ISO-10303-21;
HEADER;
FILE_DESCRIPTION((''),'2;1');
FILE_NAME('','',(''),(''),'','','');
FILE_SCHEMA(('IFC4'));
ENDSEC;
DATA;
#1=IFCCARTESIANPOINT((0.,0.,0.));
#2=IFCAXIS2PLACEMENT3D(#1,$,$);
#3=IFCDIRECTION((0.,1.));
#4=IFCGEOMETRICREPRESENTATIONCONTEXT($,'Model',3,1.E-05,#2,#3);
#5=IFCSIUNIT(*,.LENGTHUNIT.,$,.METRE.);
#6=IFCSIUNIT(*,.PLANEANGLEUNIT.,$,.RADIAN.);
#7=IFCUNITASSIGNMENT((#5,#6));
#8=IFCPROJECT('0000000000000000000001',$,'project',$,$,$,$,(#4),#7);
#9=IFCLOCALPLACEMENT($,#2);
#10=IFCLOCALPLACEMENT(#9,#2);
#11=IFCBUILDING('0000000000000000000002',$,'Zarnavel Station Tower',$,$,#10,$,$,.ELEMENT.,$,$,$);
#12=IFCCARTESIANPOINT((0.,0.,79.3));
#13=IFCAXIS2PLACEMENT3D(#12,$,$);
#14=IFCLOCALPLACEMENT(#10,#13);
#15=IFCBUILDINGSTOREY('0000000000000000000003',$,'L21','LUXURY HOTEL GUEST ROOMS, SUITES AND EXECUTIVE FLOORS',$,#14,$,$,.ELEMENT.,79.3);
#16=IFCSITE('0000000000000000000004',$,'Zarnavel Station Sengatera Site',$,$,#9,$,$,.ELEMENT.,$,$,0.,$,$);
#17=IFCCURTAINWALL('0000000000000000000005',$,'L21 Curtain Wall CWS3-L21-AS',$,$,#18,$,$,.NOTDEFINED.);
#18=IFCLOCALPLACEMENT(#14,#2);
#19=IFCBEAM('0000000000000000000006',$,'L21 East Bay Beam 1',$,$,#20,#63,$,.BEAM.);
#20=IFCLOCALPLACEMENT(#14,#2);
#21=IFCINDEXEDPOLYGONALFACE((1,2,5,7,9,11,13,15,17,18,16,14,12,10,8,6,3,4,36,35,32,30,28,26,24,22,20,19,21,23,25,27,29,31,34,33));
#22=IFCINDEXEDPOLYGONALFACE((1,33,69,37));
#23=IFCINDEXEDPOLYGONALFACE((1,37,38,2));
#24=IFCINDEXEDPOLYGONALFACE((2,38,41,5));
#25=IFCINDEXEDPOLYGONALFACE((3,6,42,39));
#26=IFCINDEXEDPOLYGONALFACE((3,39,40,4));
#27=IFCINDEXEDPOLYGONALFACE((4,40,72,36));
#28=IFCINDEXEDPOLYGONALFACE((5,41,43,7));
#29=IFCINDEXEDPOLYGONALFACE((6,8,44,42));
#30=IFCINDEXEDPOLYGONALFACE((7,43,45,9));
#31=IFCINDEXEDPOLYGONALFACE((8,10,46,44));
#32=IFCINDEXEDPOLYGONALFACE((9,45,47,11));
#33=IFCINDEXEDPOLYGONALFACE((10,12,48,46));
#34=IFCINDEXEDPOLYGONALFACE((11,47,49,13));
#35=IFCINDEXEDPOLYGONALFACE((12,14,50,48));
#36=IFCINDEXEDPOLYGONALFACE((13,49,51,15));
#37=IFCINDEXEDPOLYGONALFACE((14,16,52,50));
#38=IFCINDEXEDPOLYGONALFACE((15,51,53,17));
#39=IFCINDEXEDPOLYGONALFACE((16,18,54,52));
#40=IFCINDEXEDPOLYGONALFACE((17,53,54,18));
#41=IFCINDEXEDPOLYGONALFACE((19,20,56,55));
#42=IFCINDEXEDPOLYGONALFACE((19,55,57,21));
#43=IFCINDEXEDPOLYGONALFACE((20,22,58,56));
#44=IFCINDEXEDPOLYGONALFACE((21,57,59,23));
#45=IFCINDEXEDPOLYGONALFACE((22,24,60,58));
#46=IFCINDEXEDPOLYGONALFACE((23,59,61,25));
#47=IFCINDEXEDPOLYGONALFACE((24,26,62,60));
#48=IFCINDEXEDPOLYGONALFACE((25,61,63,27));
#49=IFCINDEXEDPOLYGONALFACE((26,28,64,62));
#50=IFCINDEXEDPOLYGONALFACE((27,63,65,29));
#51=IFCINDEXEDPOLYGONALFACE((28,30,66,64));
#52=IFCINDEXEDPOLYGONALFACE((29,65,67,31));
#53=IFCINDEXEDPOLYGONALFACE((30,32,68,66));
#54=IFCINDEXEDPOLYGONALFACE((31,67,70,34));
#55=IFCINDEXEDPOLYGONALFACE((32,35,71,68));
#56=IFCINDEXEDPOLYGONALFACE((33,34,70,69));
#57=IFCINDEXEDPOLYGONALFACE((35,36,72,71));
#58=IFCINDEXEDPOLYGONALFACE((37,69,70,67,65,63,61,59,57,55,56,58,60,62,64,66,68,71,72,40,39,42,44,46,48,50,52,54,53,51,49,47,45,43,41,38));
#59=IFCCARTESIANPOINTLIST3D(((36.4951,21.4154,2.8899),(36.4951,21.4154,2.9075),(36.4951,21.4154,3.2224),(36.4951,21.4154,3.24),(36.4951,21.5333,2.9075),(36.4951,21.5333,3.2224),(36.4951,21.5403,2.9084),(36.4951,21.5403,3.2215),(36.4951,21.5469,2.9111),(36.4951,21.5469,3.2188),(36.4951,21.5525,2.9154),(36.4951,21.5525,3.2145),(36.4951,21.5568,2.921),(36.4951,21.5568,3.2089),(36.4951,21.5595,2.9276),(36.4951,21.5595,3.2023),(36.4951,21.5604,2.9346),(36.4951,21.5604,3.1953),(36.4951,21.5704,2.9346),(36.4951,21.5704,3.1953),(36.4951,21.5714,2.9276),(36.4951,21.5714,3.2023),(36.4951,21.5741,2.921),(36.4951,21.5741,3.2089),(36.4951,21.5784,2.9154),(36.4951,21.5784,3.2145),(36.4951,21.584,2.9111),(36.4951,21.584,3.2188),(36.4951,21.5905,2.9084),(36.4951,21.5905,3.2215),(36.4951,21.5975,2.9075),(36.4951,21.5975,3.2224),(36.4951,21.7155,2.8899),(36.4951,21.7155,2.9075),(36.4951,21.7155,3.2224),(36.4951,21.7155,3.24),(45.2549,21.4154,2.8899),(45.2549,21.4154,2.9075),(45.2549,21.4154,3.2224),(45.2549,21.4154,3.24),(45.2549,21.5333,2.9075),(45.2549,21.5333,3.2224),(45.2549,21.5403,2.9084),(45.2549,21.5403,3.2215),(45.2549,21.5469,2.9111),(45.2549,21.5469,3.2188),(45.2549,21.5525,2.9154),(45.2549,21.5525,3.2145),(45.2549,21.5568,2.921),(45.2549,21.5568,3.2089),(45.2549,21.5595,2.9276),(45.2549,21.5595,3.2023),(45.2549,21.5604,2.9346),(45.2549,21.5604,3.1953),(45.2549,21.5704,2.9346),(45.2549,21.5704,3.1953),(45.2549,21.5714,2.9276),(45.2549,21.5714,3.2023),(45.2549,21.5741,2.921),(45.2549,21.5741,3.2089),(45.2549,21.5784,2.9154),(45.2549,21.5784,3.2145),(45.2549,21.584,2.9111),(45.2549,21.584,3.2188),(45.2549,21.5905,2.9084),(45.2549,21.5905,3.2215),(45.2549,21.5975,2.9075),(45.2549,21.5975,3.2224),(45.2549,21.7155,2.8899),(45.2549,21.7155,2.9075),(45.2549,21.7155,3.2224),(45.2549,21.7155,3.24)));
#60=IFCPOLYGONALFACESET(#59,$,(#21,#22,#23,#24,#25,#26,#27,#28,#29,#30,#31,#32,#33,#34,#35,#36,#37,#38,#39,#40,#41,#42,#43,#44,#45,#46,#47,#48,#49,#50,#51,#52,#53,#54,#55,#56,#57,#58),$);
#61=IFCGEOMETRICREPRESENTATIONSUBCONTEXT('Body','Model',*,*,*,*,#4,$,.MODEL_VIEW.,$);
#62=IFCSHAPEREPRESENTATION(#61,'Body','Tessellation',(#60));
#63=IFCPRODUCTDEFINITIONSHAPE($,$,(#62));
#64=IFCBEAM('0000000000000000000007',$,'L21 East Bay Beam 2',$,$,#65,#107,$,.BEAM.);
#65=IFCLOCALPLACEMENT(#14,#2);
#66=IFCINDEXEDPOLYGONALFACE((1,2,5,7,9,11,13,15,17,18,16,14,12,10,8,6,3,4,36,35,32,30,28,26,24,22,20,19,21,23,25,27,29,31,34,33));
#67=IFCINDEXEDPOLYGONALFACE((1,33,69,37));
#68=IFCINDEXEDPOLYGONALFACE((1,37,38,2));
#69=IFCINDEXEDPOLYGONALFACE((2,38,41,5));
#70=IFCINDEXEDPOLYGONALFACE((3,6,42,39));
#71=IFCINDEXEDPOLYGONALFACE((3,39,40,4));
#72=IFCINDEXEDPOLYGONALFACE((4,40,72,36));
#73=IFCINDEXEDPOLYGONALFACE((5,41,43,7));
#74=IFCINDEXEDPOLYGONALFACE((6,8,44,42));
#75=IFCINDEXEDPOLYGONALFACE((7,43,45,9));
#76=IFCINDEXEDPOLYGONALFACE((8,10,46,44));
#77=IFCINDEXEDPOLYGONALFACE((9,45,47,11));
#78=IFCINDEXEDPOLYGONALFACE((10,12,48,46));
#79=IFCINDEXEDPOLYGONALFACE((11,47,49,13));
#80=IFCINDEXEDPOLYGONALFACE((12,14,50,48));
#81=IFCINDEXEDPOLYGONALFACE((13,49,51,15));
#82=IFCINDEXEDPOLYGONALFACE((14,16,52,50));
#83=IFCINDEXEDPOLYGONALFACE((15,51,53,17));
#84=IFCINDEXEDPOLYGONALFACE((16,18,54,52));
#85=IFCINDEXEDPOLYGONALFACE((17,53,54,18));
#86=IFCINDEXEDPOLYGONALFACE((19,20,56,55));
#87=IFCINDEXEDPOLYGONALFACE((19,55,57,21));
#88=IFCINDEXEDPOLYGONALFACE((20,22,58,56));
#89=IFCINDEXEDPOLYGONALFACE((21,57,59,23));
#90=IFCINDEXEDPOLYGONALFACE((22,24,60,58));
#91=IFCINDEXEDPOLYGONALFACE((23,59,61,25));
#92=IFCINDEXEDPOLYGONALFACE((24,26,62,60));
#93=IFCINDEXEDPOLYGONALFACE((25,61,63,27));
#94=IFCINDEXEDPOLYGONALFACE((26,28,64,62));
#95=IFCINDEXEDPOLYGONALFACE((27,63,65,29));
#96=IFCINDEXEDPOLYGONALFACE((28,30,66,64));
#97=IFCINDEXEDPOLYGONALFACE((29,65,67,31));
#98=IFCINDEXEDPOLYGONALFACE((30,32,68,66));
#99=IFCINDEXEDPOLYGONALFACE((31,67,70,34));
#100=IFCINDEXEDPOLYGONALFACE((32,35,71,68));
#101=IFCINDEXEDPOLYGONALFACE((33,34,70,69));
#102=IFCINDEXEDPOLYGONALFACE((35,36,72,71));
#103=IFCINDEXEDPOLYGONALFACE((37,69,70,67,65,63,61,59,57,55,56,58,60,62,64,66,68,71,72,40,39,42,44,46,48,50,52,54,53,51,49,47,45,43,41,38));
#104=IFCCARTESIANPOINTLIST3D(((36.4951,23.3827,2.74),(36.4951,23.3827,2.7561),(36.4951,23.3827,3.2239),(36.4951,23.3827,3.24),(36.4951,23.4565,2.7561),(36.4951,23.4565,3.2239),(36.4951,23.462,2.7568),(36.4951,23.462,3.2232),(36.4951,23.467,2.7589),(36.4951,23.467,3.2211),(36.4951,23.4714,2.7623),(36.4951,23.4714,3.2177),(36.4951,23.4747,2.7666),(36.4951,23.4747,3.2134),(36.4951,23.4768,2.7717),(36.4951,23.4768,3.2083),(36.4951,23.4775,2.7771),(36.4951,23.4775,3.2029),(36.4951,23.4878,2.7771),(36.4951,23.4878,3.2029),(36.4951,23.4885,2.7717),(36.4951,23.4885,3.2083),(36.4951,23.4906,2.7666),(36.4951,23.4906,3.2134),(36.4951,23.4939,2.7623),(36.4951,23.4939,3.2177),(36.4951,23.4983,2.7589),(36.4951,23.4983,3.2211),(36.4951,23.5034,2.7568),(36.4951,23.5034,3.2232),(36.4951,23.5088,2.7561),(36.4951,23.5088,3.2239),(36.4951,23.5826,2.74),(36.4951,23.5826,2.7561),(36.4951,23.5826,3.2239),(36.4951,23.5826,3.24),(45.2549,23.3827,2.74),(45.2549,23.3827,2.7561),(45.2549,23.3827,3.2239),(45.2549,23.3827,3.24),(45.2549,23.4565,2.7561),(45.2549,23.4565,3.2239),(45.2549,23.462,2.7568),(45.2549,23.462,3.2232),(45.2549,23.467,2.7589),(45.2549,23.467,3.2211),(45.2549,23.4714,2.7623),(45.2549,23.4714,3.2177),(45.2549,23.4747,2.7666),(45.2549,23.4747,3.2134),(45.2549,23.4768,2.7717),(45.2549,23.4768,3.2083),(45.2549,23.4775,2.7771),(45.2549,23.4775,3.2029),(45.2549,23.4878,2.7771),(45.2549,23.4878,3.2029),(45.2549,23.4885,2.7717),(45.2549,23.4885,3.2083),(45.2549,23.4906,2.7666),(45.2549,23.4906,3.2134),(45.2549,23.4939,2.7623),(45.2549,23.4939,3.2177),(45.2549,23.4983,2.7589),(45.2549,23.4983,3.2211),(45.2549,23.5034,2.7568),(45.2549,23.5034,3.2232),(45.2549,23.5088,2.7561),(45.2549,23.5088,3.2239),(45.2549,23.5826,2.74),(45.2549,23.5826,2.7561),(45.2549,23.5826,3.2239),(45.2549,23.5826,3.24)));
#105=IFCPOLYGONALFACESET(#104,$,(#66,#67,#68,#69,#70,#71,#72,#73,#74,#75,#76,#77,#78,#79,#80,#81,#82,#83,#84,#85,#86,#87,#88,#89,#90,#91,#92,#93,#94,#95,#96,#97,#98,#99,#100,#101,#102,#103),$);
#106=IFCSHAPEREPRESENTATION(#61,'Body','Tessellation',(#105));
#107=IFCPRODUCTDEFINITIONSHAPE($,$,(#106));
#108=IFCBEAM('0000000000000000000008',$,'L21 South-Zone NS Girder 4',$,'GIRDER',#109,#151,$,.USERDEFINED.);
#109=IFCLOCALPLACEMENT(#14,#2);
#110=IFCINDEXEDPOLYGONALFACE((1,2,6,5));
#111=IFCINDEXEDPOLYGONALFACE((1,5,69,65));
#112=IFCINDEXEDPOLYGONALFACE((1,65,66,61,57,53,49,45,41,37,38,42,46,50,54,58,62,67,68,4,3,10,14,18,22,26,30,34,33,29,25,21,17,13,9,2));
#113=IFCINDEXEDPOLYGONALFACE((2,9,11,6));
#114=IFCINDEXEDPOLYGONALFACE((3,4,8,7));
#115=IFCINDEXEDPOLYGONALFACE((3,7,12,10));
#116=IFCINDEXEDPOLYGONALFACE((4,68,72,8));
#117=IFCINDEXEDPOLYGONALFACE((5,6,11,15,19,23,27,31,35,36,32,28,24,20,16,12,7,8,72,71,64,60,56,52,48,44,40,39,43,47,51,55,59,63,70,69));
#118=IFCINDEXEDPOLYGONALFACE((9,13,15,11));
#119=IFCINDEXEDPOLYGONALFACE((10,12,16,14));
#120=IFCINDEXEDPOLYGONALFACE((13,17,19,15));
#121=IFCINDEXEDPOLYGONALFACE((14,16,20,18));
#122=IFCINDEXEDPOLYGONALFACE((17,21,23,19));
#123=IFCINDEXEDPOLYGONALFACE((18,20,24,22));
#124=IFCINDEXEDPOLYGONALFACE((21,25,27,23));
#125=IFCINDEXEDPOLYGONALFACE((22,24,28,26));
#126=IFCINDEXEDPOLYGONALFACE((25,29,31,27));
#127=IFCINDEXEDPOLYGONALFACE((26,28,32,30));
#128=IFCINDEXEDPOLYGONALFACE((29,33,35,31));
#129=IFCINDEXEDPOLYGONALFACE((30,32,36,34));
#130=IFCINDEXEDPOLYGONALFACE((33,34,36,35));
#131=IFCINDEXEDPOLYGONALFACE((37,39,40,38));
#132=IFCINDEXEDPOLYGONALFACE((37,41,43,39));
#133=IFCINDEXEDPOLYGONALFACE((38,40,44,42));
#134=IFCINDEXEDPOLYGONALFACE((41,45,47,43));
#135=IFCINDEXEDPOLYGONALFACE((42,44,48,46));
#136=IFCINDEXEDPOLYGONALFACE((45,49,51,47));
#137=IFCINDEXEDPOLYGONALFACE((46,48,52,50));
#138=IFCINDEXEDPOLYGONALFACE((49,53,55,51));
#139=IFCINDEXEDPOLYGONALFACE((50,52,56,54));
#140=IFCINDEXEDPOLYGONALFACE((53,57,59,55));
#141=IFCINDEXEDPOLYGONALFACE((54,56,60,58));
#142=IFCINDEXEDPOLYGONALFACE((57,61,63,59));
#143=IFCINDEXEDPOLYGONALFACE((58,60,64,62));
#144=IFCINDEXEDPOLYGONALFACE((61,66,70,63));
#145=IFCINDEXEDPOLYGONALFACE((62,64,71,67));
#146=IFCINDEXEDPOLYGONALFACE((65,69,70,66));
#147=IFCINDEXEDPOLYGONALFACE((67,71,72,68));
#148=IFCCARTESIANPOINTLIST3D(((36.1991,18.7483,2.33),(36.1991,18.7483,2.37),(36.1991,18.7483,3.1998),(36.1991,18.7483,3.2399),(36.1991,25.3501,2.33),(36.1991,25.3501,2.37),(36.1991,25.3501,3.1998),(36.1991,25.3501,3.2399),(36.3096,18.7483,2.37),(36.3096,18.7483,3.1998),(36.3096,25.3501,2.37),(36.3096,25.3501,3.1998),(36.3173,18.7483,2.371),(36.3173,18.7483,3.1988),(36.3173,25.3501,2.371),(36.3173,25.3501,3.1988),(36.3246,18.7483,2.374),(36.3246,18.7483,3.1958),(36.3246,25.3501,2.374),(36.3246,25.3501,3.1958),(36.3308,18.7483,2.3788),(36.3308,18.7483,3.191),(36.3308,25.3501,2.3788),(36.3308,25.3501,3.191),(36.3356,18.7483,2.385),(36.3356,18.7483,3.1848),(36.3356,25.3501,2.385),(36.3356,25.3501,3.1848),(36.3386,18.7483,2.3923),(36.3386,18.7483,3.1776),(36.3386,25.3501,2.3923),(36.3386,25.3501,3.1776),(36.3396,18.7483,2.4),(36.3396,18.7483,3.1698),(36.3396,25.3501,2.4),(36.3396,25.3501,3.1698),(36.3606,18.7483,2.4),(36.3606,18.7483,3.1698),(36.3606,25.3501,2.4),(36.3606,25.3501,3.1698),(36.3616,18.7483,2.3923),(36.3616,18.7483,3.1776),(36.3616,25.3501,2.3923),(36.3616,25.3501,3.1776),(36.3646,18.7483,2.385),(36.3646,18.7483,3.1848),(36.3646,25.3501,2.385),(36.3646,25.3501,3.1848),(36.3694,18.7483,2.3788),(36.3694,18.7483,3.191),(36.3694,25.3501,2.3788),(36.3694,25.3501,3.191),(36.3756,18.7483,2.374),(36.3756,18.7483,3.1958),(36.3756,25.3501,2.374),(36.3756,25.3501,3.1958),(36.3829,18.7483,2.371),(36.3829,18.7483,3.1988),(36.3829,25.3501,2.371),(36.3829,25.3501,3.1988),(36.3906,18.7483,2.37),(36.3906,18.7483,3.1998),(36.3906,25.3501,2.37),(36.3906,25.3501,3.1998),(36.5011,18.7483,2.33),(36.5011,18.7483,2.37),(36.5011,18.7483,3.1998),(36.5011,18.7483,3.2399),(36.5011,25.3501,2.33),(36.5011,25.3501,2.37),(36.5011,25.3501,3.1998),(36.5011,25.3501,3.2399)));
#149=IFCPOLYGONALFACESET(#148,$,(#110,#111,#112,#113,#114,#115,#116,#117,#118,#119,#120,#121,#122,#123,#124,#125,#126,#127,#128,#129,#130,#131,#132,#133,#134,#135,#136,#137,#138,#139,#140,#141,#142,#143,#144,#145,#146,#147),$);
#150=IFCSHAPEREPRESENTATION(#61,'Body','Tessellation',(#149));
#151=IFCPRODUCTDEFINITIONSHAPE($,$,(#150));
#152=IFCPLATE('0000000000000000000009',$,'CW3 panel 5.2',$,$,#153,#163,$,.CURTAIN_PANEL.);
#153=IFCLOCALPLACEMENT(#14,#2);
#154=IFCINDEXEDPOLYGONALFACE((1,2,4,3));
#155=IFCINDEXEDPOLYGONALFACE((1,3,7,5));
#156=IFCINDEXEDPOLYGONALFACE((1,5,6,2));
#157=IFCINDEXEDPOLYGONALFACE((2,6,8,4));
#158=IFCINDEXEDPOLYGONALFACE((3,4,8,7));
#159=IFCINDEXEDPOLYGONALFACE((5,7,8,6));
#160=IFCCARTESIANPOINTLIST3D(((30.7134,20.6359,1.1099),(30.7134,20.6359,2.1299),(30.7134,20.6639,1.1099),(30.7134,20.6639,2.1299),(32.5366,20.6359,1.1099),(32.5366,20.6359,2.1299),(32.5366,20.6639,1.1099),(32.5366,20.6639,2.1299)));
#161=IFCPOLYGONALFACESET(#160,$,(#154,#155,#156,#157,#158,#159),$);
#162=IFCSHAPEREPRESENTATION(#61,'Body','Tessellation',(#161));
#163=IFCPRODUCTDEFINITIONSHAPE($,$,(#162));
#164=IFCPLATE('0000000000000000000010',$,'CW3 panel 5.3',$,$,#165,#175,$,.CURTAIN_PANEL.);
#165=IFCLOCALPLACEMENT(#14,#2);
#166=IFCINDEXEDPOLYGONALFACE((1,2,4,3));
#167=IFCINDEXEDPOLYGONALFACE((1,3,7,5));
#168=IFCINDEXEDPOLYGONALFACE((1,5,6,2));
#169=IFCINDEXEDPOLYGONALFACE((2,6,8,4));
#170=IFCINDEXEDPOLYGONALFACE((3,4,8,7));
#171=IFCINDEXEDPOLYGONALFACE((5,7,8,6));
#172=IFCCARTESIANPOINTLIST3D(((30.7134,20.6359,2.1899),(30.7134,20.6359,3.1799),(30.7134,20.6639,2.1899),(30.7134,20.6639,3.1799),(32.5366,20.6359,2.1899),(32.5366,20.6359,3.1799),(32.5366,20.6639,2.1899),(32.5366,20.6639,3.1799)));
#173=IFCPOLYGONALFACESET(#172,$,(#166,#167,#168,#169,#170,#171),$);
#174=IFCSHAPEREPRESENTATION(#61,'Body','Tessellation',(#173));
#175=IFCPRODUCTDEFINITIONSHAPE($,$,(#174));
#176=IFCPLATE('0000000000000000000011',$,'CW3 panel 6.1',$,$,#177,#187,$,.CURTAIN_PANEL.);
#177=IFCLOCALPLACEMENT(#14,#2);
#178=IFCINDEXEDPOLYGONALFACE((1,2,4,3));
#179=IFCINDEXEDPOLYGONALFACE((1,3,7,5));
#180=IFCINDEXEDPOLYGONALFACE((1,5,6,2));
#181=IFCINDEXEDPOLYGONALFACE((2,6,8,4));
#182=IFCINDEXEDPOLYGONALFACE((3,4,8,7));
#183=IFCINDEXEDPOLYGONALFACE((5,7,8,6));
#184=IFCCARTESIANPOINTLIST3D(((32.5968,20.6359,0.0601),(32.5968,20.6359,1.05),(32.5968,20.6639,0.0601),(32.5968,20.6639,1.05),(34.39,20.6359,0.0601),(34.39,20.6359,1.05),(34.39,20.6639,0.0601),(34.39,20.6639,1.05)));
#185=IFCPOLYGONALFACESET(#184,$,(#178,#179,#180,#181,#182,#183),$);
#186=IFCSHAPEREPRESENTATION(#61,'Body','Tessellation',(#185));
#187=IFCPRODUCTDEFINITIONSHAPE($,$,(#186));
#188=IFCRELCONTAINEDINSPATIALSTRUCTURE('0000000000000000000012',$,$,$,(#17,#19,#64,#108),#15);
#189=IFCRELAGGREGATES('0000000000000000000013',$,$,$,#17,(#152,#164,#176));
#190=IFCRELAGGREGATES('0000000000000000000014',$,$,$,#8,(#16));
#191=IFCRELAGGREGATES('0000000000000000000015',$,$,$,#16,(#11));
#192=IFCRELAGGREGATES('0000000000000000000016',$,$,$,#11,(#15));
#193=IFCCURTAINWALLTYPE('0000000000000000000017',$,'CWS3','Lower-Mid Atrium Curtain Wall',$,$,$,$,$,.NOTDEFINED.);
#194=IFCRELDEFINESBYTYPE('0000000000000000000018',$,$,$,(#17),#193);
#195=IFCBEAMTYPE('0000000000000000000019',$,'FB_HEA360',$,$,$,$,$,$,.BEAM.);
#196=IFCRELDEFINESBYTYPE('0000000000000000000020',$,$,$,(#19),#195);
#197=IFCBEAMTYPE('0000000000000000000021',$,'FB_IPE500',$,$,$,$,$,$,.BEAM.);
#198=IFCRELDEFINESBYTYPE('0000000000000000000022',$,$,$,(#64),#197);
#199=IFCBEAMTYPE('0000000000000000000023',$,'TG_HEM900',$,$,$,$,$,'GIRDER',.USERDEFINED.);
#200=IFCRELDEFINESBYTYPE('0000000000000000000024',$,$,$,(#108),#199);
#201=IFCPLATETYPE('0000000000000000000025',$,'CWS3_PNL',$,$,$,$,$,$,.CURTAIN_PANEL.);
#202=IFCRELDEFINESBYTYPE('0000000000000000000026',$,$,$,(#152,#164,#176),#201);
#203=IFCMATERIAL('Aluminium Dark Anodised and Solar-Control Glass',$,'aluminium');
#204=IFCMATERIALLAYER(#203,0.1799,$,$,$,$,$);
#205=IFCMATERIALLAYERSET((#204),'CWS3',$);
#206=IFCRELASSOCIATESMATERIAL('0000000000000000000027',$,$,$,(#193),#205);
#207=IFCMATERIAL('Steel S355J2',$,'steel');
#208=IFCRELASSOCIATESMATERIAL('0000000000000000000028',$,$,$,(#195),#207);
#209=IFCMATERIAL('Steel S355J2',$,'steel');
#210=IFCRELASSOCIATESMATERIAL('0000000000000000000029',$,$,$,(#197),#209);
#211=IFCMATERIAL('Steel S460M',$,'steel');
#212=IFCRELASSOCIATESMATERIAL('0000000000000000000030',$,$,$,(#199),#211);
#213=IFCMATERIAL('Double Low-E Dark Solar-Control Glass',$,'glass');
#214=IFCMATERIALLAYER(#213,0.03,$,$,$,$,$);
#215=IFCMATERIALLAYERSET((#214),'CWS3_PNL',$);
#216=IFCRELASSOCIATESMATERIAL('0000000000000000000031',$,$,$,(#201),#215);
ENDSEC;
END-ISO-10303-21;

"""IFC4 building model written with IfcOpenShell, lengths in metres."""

from ifc_helpers import new_model, si_unit, direction, frame, origin, origin_2d, place, context, subcontext, project, spatial, rectangle, i_section, extrude, material, layer, layer_set, material_profile, profile_set, type_object, element, aggregate, save


model = new_model("IFC4")

# Units and contexts
model_context = context("Model", 3, precision=1e-05, world=origin(), true_north=direction((0.0, 1.0)))
body_context = subcontext(model_context, "Body", "Model", "MODEL_VIEW")
ifc_project = project(units=[si_unit("LENGTHUNIT", "METRE"), si_unit("PLANEANGLEUNIT", "RADIAN")], contexts=[model_context])

# Site, building, storey
site_placement = place(None, origin())
site = spatial("IfcSite", under=ifc_project, at=site_placement, Name="Zarnavel Station Sengatera Site", CompositionType="ELEMENT", RefElevation=0.0)
building_placement = place(site_placement, origin())
building = spatial("IfcBuilding", under=site, at=building_placement, Name="Zarnavel Station Tower", CompositionType="ELEMENT")
storey_placement = place(building_placement, frame((0.0, 0.0, 79.3)))
storey = spatial("IfcBuildingStorey", under=building, at=storey_placement, Name="L21", Description="LUXURY HOTEL GUEST ROOMS, SUITES AND EXECUTIVE FLOORS", CompositionType="ELEMENT", Elevation=79.3)

# Curtain wall
ifc_material_1 = material(Name="Aluminium Dark Anodised and Solar-Control Glass", Category="aluminium")
ifc_layer_1 = layer(ifc_material_1, 0.1799)
ifc_layer_set_1 = layer_set([ifc_layer_1], Name="CWS3")
curtain_wall_type = type_object("IfcCurtainWallType", Name="CWS3", Description="Lower-Mid Atrium Curtain Wall", PredefinedType="NOTDEFINED", material=ifc_layer_set_1)
curtain_wall_placement = place(storey_placement, origin())
curtain_wall = element("IfcCurtainWall", 1, at=curtain_wall_placement, inside=storey, type_object=curtain_wall_type, Name="L21 Curtain Wall CWS3-L21-AS", PredefinedType="NOTDEFINED")

# Beams
ifc_material_2 = material(Name="Steel S355J2", Category="steel")
ifc_material_profile_1 = material_profile(ifc_material_2, i_section(OverallWidth=0.3, OverallDepth=0.3501, WebThickness=0.01, FlangeThickness=0.0176, FilletRadius=0.0271, at=origin_2d()), Name="HEA360")
ifc_profile_set_1 = profile_set([ifc_material_profile_1], Name="Steel S355J2")
beam_type_1 = type_object("IfcBeamType", Name="FB_HEA360", PredefinedType="BEAM", material=ifc_profile_set_1)
beam_1_placement = place(storey_placement, frame((36.4951, 21.5654, 3.0649), z_axis=(1.0, 0.0, 0.0), x_axis=(0.0, 1.0, 0.0)))
element("IfcBeam", 2, at=beam_1_placement, inside=storey, type_object=beam_type_1, Name="L21 East Bay Beam 1", PredefinedType="BEAM", context=body_context, shape_type="SweptSolid", body=[
    extrude(i_section(OverallWidth=0.3, OverallDepth=0.3501, WebThickness=0.01, FlangeThickness=0.0176, FilletRadius=0.0271, at=origin_2d()), origin(), (0.0, 0.0, 1.0), 8.7598),
])
ifc_material_3 = material(Name="Steel S355J2", Category="steel")
ifc_material_profile_2 = material_profile(ifc_material_3, i_section(OverallWidth=0.2, OverallDepth=0.5, WebThickness=0.0103, FlangeThickness=0.0161, FilletRadius=0.021, at=origin_2d()), Name="IPE500")
ifc_profile_set_2 = profile_set([ifc_material_profile_2], Name="Steel S355J2")
beam_type_2 = type_object("IfcBeamType", Name="FB_IPE500", PredefinedType="BEAM", material=ifc_profile_set_2)
beam_2_placement = place(storey_placement, frame((36.4951, 23.4827, 2.99), z_axis=(1.0, 0.0, 0.0), x_axis=(0.0, 1.0, 0.0)))
element("IfcBeam", 3, at=beam_2_placement, inside=storey, type_object=beam_type_2, Name="L21 East Bay Beam 2", PredefinedType="BEAM", context=body_context, shape_type="SweptSolid", body=[
    extrude(i_section(OverallWidth=0.2, OverallDepth=0.5, WebThickness=0.0103, FlangeThickness=0.0161, FilletRadius=0.021, at=origin_2d()), origin(), (0.0, 0.0, 1.0), 8.7598),
])
ifc_material_4 = material(Name="Steel S460M", Category="steel")
ifc_material_profile_3 = material_profile(ifc_material_4, i_section(OverallWidth=0.302, OverallDepth=0.9099, WebThickness=0.021, FlangeThickness=0.04, FilletRadius=0.03, at=origin_2d()), Name="HEM900")
ifc_profile_set_3 = profile_set([ifc_material_profile_3], Name="Steel S460M")
beam_type_3 = type_object("IfcBeamType", Name="TG_HEM900", ElementType="GIRDER", PredefinedType="USERDEFINED", material=ifc_profile_set_3)
beam_3_placement = place(storey_placement, frame((36.3501, 18.7483, 2.7849), z_axis=(0.0, 1.0, 0.0), x_axis=(-1.0, 0.0, 0.0)))
element("IfcBeam", 4, at=beam_3_placement, inside=storey, type_object=beam_type_3, Name="L21 South-Zone NS Girder 4", ObjectType="GIRDER", PredefinedType="USERDEFINED", context=body_context, shape_type="SweptSolid", body=[
    extrude(i_section(OverallWidth=0.302, OverallDepth=0.9099, WebThickness=0.021, FlangeThickness=0.04, FilletRadius=0.03, at=origin_2d()), origin(), (0.0, 0.0, 1.0), 6.6018),
])

# Plates
ifc_material_5 = material(Name="Double Low-E Dark Solar-Control Glass", Category="glass")
ifc_layer_2 = layer(ifc_material_5, 0.03)
ifc_layer_set_2 = layer_set([ifc_layer_2], Name="CWS3_PNL")
plate_type_1 = type_object("IfcPlateType", Name="CWS3_PNL", PredefinedType="CURTAIN_PANEL", material=ifc_layer_set_2)
plate_1_placement = place(storey_placement, frame((31.625, 20.6499, 1.1099), z_axis=(0.0, 0.0, 1.0), x_axis=(1.0, 0.0, 0.0)))
plate_1 = element("IfcPlate", 5, at=plate_1_placement, type_object=plate_type_1, Name="CW3 panel 5.2", PredefinedType="CURTAIN_PANEL", context=body_context, shape_type="SweptSolid", body=[
    extrude(rectangle(XDim=1.8232, YDim=0.0281, at=origin_2d()), origin(), (0.0, 0.0, 1.0), 1.02),
])
plate_2_placement = place(storey_placement, frame((31.625, 20.6499, 2.1899), z_axis=(0.0, 0.0, 1.0), x_axis=(1.0, 0.0, 0.0)))
plate_2 = element("IfcPlate", 6, at=plate_2_placement, type_object=plate_type_1, Name="CW3 panel 5.3", PredefinedType="CURTAIN_PANEL", context=body_context, shape_type="SweptSolid", body=[
    extrude(rectangle(XDim=1.8232, YDim=0.0281, at=origin_2d()), origin(), (0.0, 0.0, 1.0), 0.99),
])
plate_3_placement = place(storey_placement, frame((33.4934, 20.6499, 0.0601), z_axis=(0.0, 0.0, 1.0), x_axis=(1.0, 0.0, 0.0)))
plate_3 = element("IfcPlate", 7, at=plate_3_placement, type_object=plate_type_1, Name="CW3 panel 6.1", PredefinedType="CURTAIN_PANEL", context=body_context, shape_type="SweptSolid", body=[
    extrude(rectangle(XDim=1.7932, YDim=0.0281, at=origin_2d()), origin(), (0.0, 0.0, 1.0), 0.99),
])
aggregate(curtain_wall, [plate_1, plate_2, plate_3])

save(model, "model.ifc")
